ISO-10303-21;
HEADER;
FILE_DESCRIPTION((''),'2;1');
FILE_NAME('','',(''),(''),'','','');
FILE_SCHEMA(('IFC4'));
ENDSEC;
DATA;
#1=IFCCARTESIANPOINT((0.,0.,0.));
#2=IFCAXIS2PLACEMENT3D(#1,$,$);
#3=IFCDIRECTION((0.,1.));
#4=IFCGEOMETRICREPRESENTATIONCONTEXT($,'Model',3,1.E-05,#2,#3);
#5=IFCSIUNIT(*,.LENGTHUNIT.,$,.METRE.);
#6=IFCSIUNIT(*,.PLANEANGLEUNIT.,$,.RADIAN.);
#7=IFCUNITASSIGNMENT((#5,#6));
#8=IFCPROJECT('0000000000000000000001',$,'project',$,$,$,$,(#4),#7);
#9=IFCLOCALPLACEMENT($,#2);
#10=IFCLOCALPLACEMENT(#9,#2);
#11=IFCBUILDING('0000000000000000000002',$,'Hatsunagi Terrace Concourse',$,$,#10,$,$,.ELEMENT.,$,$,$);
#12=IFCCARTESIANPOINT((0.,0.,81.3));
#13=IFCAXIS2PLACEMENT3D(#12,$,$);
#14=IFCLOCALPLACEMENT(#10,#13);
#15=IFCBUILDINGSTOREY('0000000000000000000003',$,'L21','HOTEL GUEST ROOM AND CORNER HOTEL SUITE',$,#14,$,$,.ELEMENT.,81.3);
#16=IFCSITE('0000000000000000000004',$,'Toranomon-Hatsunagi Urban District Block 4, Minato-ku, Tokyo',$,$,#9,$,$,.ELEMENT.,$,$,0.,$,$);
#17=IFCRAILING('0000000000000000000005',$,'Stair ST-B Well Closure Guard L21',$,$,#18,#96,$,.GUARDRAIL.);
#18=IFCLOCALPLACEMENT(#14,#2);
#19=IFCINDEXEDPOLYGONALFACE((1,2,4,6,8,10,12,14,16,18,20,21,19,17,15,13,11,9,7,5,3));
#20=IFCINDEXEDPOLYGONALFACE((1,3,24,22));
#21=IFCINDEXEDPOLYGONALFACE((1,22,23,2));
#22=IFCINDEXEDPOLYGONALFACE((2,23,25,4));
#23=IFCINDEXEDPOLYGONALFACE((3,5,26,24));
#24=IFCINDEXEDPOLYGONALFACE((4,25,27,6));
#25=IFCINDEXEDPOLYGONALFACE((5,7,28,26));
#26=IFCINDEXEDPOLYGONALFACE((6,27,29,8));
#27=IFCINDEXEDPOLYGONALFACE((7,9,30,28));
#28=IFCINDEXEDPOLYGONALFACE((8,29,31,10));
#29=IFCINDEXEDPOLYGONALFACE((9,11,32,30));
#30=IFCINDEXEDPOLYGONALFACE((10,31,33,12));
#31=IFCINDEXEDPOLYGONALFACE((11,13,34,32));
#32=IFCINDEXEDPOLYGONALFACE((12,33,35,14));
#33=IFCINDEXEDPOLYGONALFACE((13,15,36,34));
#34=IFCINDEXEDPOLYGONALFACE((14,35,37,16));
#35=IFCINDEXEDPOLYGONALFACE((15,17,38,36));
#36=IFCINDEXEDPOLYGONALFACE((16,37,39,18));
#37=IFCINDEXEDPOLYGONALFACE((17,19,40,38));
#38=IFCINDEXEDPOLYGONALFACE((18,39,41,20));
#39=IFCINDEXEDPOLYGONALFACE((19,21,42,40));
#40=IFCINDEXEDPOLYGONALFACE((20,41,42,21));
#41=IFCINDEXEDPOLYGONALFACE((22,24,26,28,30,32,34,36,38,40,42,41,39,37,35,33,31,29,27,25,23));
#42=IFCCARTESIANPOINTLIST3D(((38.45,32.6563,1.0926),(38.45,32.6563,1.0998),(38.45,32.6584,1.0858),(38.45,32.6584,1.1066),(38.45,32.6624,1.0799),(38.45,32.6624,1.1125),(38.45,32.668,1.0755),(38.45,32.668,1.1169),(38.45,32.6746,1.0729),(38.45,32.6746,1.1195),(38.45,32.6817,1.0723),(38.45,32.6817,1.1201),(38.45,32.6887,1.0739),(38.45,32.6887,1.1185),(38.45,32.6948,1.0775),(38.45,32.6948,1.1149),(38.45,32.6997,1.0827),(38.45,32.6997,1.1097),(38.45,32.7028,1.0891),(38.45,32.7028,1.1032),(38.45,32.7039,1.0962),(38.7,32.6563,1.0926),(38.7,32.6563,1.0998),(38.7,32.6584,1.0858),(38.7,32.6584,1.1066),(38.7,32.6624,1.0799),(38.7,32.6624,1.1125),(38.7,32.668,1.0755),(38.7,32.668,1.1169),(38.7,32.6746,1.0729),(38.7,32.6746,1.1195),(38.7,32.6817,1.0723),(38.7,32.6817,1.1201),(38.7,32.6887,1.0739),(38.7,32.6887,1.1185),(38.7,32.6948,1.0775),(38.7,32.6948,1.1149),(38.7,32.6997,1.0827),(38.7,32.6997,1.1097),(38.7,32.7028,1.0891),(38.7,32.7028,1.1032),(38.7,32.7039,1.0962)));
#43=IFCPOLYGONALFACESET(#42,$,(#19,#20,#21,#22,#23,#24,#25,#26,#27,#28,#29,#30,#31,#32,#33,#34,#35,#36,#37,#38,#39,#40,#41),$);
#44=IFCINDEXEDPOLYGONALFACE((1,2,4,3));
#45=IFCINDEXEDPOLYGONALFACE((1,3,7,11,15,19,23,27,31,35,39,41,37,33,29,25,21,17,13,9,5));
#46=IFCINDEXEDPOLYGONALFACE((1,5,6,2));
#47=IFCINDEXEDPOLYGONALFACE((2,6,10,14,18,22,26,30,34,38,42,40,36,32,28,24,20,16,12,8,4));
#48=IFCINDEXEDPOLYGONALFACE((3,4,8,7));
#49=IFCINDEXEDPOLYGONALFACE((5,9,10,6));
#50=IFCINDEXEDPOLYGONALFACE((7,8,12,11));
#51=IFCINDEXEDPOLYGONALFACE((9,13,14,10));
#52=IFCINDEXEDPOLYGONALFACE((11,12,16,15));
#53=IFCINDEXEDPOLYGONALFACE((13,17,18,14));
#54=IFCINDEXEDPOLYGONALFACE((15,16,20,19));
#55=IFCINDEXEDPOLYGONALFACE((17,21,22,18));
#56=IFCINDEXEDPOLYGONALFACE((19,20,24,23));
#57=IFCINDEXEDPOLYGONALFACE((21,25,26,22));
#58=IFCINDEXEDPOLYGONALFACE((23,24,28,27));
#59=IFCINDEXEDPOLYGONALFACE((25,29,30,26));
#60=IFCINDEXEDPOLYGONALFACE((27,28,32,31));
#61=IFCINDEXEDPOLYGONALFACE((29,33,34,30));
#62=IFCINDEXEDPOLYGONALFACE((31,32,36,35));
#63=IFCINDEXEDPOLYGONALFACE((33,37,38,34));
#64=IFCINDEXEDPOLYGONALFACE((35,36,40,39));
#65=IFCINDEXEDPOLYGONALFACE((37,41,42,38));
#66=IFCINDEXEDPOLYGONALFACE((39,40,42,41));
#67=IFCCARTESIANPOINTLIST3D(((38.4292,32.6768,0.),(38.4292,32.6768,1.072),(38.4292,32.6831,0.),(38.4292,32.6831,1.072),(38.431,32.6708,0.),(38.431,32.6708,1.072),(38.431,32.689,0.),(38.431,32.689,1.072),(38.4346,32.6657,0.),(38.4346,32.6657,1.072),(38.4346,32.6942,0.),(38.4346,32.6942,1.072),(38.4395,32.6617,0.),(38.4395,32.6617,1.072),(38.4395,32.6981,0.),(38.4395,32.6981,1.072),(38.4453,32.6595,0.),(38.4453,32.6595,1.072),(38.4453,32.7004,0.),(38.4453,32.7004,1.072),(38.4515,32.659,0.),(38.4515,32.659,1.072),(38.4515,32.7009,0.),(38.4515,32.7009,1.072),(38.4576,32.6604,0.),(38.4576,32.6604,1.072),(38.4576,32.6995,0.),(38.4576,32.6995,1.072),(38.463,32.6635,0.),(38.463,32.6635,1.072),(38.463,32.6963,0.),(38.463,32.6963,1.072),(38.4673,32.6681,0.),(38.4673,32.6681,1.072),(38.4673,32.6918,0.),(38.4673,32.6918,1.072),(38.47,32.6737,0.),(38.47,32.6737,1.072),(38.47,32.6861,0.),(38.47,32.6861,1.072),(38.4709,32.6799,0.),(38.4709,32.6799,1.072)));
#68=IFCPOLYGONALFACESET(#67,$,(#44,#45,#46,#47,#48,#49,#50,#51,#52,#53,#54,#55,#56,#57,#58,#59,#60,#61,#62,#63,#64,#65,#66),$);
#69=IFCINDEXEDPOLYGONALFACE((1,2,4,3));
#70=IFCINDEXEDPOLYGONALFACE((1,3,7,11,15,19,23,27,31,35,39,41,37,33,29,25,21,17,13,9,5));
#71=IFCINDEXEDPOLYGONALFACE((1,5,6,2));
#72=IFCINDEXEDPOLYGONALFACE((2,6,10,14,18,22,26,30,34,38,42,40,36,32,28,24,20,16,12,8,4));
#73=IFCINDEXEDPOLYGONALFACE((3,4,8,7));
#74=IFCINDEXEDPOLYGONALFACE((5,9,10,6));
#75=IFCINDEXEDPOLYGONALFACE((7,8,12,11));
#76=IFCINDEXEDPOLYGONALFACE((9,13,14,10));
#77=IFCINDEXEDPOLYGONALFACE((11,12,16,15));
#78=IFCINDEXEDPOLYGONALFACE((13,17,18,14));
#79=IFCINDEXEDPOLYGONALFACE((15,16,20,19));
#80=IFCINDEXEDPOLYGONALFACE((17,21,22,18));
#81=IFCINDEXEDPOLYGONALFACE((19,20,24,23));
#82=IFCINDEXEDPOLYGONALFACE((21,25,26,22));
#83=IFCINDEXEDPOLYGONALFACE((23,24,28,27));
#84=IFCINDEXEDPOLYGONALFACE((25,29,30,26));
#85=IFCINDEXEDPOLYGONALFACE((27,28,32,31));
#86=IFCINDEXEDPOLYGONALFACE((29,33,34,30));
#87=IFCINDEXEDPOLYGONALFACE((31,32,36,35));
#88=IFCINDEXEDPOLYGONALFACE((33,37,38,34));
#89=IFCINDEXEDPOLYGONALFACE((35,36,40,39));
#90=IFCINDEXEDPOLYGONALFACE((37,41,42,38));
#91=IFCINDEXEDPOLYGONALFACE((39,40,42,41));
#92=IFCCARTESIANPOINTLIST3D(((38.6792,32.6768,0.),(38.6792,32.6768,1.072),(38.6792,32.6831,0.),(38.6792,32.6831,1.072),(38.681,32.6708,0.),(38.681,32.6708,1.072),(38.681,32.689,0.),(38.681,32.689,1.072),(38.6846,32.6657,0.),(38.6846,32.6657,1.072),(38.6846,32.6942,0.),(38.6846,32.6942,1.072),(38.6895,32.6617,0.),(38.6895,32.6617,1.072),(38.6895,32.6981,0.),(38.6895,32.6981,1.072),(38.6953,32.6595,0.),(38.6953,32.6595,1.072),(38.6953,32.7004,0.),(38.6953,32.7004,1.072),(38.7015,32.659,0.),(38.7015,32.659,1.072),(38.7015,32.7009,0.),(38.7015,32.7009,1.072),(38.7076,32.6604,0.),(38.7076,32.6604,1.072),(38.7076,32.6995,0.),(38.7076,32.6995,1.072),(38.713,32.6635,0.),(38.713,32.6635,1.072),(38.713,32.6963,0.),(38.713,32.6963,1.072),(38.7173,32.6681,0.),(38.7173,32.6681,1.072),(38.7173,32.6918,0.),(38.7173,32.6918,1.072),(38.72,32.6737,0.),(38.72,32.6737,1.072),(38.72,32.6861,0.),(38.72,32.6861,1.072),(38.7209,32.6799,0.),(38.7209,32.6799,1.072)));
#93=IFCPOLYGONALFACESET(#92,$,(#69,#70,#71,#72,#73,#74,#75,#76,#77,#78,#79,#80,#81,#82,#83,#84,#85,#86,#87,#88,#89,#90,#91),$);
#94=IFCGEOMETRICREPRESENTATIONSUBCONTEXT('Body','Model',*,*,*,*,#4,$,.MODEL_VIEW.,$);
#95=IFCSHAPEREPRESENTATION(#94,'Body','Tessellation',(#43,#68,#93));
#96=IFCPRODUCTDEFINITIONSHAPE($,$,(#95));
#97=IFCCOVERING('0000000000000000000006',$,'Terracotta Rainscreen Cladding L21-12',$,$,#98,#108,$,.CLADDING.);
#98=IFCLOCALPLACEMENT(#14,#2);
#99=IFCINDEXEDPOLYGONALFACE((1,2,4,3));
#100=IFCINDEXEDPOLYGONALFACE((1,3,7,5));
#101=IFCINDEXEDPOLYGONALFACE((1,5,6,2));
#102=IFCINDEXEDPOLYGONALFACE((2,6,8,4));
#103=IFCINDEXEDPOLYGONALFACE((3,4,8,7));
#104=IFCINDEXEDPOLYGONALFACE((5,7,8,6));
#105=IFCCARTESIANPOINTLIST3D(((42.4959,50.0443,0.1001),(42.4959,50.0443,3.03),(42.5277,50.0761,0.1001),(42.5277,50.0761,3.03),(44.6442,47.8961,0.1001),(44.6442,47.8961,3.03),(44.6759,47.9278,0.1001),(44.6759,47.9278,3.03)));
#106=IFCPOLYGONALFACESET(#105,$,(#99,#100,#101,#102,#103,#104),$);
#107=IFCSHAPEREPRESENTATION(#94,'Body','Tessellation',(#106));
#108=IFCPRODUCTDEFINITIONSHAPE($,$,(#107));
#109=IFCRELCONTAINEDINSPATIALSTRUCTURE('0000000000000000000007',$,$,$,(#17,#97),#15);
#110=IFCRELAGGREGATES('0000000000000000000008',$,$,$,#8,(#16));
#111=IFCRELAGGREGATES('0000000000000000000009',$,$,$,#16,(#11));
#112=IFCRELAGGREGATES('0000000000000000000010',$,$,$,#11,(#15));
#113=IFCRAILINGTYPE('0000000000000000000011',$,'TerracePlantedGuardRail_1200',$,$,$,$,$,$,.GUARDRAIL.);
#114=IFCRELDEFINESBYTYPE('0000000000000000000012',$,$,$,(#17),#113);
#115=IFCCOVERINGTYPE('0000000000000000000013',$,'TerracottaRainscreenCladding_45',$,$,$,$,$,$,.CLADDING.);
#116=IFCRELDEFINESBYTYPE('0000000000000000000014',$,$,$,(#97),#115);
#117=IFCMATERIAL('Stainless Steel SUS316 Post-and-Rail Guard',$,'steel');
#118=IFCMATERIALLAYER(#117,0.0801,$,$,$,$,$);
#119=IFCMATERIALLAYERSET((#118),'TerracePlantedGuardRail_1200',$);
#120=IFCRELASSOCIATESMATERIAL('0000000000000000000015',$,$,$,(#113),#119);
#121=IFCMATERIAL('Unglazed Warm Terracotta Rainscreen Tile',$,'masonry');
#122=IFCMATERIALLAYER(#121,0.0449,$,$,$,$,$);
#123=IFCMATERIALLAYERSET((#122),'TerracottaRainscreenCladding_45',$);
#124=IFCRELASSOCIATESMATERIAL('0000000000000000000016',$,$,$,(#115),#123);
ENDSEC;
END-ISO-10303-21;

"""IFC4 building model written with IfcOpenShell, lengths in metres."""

from ifc_helpers import new_model, si_unit, direction, frame, origin, origin_2d, place, context, subcontext, project, spatial, rectangle, circle, extrude, material, layer, layer_set, type_object, element, save


model = new_model("IFC4")

# Units and contexts
model_context = context("Model", 3, precision=1e-05, world=origin(), true_north=direction((0.0, 1.0)))
body_context = subcontext(model_context, "Body", "Model", "MODEL_VIEW")
ifc_project = project(units=[si_unit("LENGTHUNIT", "METRE"), si_unit("PLANEANGLEUNIT", "RADIAN")], contexts=[model_context])

# Site, building, storey
site_placement = place(None, origin())
site = spatial("IfcSite", under=ifc_project, at=site_placement, Name="Toranomon-Hatsunagi Urban District Block 4, Minato-ku, Tokyo", CompositionType="ELEMENT", RefElevation=0.0)
building_placement = place(site_placement, origin())
building = spatial("IfcBuilding", under=site, at=building_placement, Name="Hatsunagi Terrace Concourse", CompositionType="ELEMENT")
storey_placement = place(building_placement, frame((0.0, 0.0, 81.3)))
storey = spatial("IfcBuildingStorey", under=building, at=storey_placement, Name="L21", Description="HOTEL GUEST ROOM AND CORNER HOTEL SUITE", CompositionType="ELEMENT", Elevation=81.3)

# Railing
ifc_material_1 = material(Name="Stainless Steel SUS316 Post-and-Rail Guard", Category="steel")
ifc_layer_1 = layer(ifc_material_1, 0.0801)
ifc_layer_set_1 = layer_set([ifc_layer_1], Name="TerracePlantedGuardRail_1200")
railing_type_1 = type_object("IfcRailingType", Name="TerracePlantedGuardRail_1200", PredefinedType="GUARDRAIL", material=ifc_layer_set_1)
railing_1_placement = place(storey_placement, frame((38.45, 32.6799, 0.0)))
element("IfcRailing", 1, at=railing_1_placement, inside=storey, type_object=railing_type_1, Name="Stair ST-B Well Closure Guard L21", PredefinedType="GUARDRAIL", context=body_context, shape_type="SweptSolid", body=[
    extrude(circle(Radius=0.0239, at=origin_2d()), frame((0.0, 0.0, 1.0962), z_axis=(1.0, 0.0, 0.0), x_axis=(0.0, 1.0, 0.0)), (0.0, 0.0, 1.0), 0.25),
    extrude(circle(Radius=0.021, at=origin_2d()), origin(), (0.0, 0.0, 1.0), 1.072),
    extrude(circle(Radius=0.021, at=origin_2d()), frame((0.25, 0.0, 0.0)), (0.0, 0.0, 1.0), 1.072),
])

# Covering
ifc_material_2 = material(Name="Unglazed Warm Terracotta Rainscreen Tile", Category="masonry")
ifc_layer_2 = layer(ifc_material_2, 0.0449)
ifc_layer_set_2 = layer_set([ifc_layer_2], Name="TerracottaRainscreenCladding_45")
covering_type = type_object("IfcCoveringType", Name="TerracottaRainscreenCladding_45", PredefinedType="CLADDING", material=ifc_layer_set_2)
covering_placement = place(storey_placement, frame((43.5859, 48.9861, 0.1001), z_axis=(0.0, 0.0, 1.0), x_axis=(0.707107, -0.707107, 0.0)))
element("IfcCovering", 2, at=covering_placement, inside=storey, type_object=covering_type, Name="Terracotta Rainscreen Cladding L21-12", PredefinedType="CLADDING", context=body_context, shape_type="SweptSolid", body=[
    extrude(rectangle(XDim=3.0381, YDim=0.0449, at=origin_2d()), origin(), (0.0, 0.0, 1.0), 2.9299),
])

save(model, "model.ifc")
